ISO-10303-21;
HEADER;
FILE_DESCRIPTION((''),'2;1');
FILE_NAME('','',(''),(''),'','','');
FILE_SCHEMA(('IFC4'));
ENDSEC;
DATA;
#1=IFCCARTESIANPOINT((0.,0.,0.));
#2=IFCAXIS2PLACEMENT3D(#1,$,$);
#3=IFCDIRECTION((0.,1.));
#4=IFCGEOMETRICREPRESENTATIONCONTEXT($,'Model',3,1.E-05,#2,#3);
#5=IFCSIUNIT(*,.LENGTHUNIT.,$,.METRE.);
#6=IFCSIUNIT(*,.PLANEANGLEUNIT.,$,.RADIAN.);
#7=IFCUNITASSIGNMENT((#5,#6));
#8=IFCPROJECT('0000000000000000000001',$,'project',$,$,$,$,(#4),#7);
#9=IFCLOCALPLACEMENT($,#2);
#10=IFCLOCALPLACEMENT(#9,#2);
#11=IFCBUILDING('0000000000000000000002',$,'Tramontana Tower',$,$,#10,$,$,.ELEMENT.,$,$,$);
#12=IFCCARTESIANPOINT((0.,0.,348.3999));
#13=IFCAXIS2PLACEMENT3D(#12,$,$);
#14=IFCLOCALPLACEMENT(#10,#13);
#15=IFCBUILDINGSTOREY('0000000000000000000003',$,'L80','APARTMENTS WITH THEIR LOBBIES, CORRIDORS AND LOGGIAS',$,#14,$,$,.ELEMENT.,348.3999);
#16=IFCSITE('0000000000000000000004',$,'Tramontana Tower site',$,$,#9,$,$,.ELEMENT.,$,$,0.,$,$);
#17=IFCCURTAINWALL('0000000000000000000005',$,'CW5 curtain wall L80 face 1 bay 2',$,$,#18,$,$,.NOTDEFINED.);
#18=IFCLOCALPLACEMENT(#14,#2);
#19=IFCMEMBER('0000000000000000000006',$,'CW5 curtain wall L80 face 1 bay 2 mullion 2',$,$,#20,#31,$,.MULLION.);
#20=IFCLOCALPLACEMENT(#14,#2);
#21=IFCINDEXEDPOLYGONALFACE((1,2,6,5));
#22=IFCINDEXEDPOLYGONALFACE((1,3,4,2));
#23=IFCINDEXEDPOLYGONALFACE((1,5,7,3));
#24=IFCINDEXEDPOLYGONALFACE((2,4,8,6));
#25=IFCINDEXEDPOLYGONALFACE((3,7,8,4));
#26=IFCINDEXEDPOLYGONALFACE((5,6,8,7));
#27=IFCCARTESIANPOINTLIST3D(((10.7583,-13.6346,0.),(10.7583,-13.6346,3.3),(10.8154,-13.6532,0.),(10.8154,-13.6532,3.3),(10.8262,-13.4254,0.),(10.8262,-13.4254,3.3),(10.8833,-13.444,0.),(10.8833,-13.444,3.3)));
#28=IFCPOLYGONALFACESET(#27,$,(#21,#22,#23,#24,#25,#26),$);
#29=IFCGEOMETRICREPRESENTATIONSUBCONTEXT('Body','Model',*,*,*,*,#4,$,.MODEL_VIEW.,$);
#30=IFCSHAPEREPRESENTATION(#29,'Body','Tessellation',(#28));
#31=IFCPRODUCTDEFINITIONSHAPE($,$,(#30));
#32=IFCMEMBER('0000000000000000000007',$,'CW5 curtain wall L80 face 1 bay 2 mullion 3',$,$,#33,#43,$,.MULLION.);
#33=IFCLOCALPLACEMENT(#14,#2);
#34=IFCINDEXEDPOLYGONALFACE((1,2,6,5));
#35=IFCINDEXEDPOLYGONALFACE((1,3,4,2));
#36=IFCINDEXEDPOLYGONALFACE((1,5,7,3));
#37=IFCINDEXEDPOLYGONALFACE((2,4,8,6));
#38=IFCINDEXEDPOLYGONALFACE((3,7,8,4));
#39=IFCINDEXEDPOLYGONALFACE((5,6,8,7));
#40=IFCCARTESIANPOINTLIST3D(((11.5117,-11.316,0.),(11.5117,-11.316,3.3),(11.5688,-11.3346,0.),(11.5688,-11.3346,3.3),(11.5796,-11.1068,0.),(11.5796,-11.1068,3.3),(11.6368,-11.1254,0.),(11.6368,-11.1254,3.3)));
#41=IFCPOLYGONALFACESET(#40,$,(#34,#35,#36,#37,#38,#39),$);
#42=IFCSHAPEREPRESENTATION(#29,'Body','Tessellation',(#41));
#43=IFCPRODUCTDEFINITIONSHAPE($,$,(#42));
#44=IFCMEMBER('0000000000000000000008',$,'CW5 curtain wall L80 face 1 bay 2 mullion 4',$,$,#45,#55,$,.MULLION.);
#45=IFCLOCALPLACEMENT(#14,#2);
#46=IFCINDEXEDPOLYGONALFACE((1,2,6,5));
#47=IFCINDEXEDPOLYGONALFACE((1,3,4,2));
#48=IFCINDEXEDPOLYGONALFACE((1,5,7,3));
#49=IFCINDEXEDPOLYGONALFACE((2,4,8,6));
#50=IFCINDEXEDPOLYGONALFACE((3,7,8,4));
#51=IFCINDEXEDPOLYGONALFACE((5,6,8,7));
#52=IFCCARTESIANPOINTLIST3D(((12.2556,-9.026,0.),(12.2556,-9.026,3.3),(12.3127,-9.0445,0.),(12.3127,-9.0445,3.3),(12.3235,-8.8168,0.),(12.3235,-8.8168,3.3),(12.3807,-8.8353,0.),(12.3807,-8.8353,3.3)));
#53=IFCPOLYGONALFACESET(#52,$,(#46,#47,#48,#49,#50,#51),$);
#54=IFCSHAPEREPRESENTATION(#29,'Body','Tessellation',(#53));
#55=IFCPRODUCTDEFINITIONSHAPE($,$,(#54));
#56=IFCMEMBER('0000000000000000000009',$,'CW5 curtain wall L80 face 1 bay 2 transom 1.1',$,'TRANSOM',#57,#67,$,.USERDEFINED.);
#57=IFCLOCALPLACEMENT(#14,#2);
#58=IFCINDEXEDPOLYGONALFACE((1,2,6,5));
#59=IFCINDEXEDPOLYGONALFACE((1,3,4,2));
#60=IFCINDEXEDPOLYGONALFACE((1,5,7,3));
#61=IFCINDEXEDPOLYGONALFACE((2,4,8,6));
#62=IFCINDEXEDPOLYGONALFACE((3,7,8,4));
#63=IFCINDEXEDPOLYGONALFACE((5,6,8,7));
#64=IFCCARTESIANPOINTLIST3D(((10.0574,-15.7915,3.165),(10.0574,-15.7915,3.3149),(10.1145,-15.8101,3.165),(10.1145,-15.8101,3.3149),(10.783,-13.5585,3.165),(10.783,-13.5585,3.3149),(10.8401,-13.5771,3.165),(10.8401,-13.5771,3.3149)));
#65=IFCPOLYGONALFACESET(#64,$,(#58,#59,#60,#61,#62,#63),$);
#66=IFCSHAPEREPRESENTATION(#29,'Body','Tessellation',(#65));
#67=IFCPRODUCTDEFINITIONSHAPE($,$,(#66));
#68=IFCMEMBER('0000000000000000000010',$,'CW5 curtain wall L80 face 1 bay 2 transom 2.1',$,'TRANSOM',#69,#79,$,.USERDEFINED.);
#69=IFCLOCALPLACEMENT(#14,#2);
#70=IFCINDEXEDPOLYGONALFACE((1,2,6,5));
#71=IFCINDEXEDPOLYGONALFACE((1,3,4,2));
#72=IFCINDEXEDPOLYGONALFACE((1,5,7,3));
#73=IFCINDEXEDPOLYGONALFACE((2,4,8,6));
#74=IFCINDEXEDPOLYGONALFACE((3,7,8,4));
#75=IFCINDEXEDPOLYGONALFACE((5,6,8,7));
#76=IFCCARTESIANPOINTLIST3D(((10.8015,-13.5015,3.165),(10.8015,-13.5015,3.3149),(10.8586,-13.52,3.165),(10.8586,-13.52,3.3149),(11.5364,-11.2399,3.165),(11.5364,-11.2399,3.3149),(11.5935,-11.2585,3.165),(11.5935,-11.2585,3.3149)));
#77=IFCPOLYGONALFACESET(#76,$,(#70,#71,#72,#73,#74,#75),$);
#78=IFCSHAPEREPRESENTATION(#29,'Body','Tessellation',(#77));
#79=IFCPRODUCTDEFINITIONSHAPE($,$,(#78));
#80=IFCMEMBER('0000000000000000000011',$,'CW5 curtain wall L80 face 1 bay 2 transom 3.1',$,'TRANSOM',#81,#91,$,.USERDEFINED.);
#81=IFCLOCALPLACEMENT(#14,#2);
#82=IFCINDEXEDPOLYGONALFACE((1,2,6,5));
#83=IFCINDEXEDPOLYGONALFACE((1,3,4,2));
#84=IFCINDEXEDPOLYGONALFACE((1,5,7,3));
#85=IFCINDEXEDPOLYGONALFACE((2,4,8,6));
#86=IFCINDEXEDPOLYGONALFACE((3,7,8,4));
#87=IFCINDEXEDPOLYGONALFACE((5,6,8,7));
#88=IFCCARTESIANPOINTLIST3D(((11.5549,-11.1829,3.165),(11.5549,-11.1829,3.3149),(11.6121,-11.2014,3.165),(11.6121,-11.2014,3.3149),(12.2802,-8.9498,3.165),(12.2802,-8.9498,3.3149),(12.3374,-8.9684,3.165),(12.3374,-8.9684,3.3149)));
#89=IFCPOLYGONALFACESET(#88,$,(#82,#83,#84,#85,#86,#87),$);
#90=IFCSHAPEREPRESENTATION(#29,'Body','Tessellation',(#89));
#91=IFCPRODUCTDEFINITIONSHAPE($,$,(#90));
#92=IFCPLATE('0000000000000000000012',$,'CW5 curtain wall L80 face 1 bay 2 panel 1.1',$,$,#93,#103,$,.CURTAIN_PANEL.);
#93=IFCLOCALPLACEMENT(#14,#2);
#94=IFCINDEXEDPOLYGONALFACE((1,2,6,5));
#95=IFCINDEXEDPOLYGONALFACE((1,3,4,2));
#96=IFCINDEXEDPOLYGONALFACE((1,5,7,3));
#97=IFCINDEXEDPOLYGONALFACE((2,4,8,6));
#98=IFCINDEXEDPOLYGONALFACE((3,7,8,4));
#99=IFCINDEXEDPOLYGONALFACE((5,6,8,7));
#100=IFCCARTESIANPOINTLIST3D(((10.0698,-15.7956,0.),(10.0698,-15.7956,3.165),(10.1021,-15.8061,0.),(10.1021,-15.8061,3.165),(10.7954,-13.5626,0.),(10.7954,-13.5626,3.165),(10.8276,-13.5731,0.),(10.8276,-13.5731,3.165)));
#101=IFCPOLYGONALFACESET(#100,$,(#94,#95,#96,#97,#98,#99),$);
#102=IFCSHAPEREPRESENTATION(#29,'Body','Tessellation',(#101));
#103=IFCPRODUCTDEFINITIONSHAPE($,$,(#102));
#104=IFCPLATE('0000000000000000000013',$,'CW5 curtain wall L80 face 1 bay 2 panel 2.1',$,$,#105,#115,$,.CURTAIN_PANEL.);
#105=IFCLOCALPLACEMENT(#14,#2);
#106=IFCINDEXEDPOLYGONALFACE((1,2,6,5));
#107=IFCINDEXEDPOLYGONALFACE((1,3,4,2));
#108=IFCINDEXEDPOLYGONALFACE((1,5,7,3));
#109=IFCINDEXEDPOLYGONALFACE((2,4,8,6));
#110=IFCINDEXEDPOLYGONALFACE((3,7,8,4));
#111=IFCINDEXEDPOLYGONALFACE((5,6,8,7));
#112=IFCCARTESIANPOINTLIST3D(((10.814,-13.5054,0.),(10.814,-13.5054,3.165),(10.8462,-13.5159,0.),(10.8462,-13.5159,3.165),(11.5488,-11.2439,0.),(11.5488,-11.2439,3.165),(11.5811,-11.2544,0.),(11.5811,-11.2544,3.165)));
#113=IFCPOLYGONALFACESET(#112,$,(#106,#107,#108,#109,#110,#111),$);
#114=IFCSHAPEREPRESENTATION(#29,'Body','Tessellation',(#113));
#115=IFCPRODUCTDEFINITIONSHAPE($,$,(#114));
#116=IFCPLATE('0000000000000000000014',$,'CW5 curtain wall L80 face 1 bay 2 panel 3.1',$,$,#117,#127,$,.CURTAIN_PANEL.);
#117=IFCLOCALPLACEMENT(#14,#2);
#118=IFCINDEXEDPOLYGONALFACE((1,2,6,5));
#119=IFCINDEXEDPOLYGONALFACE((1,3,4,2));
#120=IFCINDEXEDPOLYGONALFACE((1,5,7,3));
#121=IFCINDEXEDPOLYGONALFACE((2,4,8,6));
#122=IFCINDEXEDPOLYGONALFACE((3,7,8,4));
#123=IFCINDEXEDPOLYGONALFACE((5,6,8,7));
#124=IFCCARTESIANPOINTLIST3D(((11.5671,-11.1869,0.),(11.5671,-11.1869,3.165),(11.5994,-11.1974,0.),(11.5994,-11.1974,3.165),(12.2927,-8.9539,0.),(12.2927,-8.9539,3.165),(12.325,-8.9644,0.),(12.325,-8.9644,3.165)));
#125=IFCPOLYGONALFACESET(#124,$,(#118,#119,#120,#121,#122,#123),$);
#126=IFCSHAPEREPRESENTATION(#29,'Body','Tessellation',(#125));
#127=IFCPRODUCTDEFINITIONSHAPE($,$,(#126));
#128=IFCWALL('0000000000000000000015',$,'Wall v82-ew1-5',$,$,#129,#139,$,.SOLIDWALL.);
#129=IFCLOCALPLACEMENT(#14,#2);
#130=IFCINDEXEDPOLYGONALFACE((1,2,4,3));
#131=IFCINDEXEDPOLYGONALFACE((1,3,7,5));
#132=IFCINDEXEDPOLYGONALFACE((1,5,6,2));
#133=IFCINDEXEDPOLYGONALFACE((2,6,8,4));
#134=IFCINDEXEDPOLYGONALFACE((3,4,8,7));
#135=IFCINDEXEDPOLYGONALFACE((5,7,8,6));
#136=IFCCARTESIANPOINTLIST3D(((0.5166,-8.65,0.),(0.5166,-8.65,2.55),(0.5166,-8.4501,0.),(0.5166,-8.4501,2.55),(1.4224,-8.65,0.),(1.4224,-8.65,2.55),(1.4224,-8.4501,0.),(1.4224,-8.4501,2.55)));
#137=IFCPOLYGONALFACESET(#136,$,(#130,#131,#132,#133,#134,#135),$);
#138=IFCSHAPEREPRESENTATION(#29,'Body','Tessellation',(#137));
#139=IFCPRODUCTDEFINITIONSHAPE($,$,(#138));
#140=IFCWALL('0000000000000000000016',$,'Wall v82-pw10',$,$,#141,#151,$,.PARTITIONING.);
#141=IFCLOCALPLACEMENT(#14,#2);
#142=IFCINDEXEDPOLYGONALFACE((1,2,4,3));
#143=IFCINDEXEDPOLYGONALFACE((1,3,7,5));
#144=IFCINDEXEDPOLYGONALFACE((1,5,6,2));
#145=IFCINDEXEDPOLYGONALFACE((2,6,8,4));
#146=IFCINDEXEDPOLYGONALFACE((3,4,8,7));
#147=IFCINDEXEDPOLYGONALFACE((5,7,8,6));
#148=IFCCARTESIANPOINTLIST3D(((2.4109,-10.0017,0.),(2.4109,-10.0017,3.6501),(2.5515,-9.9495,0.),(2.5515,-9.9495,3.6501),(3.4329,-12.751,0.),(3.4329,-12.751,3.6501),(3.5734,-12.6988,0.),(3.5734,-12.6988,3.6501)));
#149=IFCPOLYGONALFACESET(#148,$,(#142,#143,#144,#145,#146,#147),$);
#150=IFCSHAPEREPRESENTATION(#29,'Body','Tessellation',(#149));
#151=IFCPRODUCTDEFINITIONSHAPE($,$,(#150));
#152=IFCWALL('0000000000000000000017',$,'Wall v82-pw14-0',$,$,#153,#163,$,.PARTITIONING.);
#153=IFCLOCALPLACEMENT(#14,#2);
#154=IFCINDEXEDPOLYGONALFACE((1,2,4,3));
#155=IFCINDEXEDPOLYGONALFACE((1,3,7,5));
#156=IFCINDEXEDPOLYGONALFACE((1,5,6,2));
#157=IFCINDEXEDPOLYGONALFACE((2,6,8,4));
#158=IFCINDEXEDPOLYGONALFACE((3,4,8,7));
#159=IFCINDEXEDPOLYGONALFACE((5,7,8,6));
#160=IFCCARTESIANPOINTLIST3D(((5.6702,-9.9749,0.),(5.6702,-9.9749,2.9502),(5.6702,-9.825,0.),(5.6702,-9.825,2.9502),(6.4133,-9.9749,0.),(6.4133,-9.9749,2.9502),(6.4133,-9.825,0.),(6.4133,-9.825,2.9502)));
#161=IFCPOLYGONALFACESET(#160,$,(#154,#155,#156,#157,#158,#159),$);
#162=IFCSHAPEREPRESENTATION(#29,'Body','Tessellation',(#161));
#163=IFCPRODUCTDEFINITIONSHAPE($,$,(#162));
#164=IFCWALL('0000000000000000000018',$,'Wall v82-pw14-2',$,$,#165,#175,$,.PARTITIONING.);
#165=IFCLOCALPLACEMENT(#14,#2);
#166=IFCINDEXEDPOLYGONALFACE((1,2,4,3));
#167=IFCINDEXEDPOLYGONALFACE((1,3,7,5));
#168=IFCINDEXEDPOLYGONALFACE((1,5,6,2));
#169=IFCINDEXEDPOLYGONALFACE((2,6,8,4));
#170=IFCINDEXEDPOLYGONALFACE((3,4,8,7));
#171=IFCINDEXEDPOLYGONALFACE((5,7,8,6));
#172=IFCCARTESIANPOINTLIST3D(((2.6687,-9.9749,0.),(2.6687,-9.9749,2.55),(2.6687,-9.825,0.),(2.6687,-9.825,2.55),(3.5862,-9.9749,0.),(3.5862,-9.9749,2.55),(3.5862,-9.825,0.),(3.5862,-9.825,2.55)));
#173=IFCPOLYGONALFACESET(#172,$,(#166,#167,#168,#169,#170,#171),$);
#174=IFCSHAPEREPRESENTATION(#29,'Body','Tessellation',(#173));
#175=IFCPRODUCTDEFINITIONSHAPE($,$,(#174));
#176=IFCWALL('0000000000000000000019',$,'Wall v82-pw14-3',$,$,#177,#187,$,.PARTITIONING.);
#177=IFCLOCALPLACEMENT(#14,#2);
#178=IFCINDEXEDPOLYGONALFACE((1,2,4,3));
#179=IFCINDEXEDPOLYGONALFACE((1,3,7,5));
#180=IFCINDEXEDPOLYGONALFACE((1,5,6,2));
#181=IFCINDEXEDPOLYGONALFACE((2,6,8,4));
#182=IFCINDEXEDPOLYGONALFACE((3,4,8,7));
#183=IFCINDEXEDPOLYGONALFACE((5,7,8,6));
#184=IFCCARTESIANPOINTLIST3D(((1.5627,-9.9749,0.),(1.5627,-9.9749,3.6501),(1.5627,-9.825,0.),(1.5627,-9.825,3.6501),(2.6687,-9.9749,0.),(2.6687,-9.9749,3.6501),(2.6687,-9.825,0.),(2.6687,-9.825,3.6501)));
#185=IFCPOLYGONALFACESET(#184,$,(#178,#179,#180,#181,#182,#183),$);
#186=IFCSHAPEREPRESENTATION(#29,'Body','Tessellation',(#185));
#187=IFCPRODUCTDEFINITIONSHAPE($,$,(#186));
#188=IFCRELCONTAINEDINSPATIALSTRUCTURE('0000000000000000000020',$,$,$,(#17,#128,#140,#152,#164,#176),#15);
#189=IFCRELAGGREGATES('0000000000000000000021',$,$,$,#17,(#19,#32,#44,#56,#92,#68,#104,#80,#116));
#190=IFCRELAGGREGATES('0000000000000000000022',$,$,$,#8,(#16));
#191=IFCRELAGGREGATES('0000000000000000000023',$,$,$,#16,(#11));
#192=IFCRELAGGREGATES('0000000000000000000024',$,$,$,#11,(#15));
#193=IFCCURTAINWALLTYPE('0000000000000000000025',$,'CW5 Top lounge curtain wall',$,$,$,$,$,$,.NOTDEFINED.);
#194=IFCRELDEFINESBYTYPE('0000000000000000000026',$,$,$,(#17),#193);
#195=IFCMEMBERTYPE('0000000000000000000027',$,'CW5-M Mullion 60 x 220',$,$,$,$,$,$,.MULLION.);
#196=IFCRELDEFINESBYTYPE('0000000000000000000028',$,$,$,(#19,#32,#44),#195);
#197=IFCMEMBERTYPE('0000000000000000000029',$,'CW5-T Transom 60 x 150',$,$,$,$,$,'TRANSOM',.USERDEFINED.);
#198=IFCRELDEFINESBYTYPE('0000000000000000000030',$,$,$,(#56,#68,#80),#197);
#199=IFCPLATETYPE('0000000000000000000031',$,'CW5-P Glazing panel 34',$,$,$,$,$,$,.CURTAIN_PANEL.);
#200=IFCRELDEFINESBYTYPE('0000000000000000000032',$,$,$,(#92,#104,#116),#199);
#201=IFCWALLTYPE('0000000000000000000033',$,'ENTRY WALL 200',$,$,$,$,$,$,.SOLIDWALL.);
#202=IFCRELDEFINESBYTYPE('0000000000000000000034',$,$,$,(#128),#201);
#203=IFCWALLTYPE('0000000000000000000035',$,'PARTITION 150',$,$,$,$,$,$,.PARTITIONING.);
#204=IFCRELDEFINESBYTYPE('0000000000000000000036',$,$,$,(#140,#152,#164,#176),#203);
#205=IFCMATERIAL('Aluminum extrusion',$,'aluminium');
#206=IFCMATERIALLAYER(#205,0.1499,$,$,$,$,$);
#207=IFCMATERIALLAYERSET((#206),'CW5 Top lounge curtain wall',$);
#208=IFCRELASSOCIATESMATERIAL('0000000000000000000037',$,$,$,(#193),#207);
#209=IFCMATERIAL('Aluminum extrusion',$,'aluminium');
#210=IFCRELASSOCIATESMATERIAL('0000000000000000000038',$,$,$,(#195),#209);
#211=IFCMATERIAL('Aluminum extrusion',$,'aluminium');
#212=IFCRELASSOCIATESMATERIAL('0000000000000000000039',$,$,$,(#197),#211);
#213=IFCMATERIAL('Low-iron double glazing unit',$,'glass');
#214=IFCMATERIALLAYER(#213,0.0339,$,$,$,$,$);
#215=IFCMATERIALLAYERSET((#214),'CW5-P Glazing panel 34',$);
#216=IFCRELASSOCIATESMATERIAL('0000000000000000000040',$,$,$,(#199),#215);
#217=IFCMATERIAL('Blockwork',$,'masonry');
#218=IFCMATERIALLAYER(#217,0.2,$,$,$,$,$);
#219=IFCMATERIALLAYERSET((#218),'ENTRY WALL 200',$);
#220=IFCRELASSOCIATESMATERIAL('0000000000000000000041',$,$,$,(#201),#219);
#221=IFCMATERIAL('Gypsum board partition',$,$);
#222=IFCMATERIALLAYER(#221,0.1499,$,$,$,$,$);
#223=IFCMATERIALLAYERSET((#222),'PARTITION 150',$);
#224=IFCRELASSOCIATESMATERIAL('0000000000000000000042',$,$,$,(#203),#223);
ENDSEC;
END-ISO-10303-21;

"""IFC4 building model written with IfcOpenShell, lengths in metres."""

from ifc_helpers import new_model, si_unit, direction, frame, frame_2d, origin, origin_2d, place, context, subcontext, project, spatial, rectangle, extrude, material, layer, layer_set, material_profile, profile_set, type_object, element, aggregate, save


model = new_model("IFC4")

# Units and contexts
model_context = context("Model", 3, precision=1e-05, world=origin(), true_north=direction((0.0, 1.0)))
body_context = subcontext(model_context, "Body", "Model", "MODEL_VIEW")
ifc_project = project(units=[si_unit("LENGTHUNIT", "METRE"), si_unit("PLANEANGLEUNIT", "RADIAN")], contexts=[model_context])

# Site, building, storey
site_placement = place(None, origin())
site = spatial("IfcSite", under=ifc_project, at=site_placement, Name="Tramontana Tower site", CompositionType="ELEMENT", RefElevation=0.0)
building_placement = place(site_placement, origin())
building = spatial("IfcBuilding", under=site, at=building_placement, Name="Tramontana Tower", CompositionType="ELEMENT")
storey_placement = place(building_placement, frame((0.0, 0.0, 348.3999)))
storey = spatial("IfcBuildingStorey", under=building, at=storey_placement, Name="L80", Description="APARTMENTS WITH THEIR LOBBIES, CORRIDORS AND LOGGIAS", CompositionType="ELEMENT", Elevation=348.3999)

# Curtain wall, members, plates
ifc_material_1 = material(Name="Aluminum extrusion", Category="aluminium")
ifc_layer_1 = layer(ifc_material_1, 0.1499)
ifc_layer_set_1 = layer_set([ifc_layer_1], Name="CW5 Top lounge curtain wall")
curtain_wall_type = type_object("IfcCurtainWallType", Name="CW5 Top lounge curtain wall", PredefinedType="NOTDEFINED", material=ifc_layer_set_1)
curtain_wall_placement = place(storey_placement, origin())
curtain_wall = element("IfcCurtainWall", 1, at=curtain_wall_placement, inside=storey, type_object=curtain_wall_type, Name="CW5 curtain wall L80 face 1 bay 2", PredefinedType="NOTDEFINED")
ifc_material_2 = material(Name="Aluminum extrusion", Category="aluminium")
ifc_material_profile_1 = material_profile(ifc_material_2, rectangle(XDim=0.0601, YDim=0.22, at=origin_2d()), Name="CW5-M Mullion 60 x 220")
ifc_profile_set_1 = profile_set([ifc_material_profile_1], Name="Aluminum extrusion")
member_type_1 = type_object("IfcMemberType", Name="CW5-M Mullion 60 x 220", PredefinedType="MULLION", material=ifc_profile_set_1)
member_1_placement = place(storey_placement, frame((10.8208, -13.5393, 0.0), z_axis=(0.0, 0.0, 1.0), x_axis=(-0.951057, 0.309017, 0.0)))
member_1 = element("IfcMember", 2, at=member_1_placement, type_object=member_type_1, Name="CW5 curtain wall L80 face 1 bay 2 mullion 2", PredefinedType="MULLION", context=body_context, shape_type="SweptSolid", body=[
    extrude(rectangle(XDim=0.0601, YDim=0.22, at=origin_2d()), origin(), (0.0, 0.0, 1.0), 3.3),
])
member_2_placement = place(storey_placement, frame((11.5742, -11.2207, 0.0), z_axis=(0.0, 0.0, 1.0), x_axis=(-0.951057, 0.309017, 0.0)))
member_2 = element("IfcMember", 3, at=member_2_placement, type_object=member_type_1, Name="CW5 curtain wall L80 face 1 bay 2 mullion 3", PredefinedType="MULLION", context=body_context, shape_type="SweptSolid", body=[
    extrude(rectangle(XDim=0.0601, YDim=0.22, at=origin_2d()), origin(), (0.0, 0.0, 1.0), 3.3),
])
member_3_placement = place(storey_placement, frame((12.3181, -8.9307, 0.0), z_axis=(0.0, 0.0, 1.0), x_axis=(-0.951057, 0.309017, 0.0)))
member_3 = element("IfcMember", 4, at=member_3_placement, type_object=member_type_1, Name="CW5 curtain wall L80 face 1 bay 2 mullion 4", PredefinedType="MULLION", context=body_context, shape_type="SweptSolid", body=[
    extrude(rectangle(XDim=0.0601, YDim=0.22, at=origin_2d()), origin(), (0.0, 0.0, 1.0), 3.3),
])
ifc_material_3 = material(Name="Aluminum extrusion", Category="aluminium")
ifc_material_profile_2 = material_profile(ifc_material_3, rectangle(XDim=0.0601, YDim=0.1499, at=origin_2d()), Name="CW5-T Transom 60 x 150")
ifc_profile_set_2 = profile_set([ifc_material_profile_2], Name="Aluminum extrusion")
member_type_2 = type_object("IfcMemberType", Name="CW5-T Transom 60 x 150", ElementType="TRANSOM", PredefinedType="USERDEFINED", material=ifc_profile_set_2)
member_4_placement = place(storey_placement, frame((10.0859, -15.8008, 3.24), z_axis=(0.309044, 0.951048, 0.0), x_axis=(-0.951048, 0.309044, 0.0)))
member_4 = element("IfcMember", 5, at=member_4_placement, type_object=member_type_2, Name="CW5 curtain wall L80 face 1 bay 2 transom 1.1", ObjectType="TRANSOM", PredefinedType="USERDEFINED", context=body_context, shape_type="SweptSolid", body=[
    extrude(rectangle(XDim=0.0601, YDim=0.1499, at=origin_2d()), origin(), (0.0, 0.0, 1.0), 2.3479),
])
member_5_placement = place(storey_placement, frame((10.8301, -13.5107, 3.24), z_axis=(0.309042, 0.951048, 0.0), x_axis=(-0.951048, 0.309042, 0.0)))
member_5 = element("IfcMember", 6, at=member_5_placement, type_object=member_type_2, Name="CW5 curtain wall L80 face 1 bay 2 transom 2.1", ObjectType="TRANSOM", PredefinedType="USERDEFINED", context=body_context, shape_type="SweptSolid", body=[
    extrude(rectangle(XDim=0.0601, YDim=0.1499, at=origin_2d()), origin(), (0.0, 0.0, 1.0), 2.3779),
])
member_6_placement = place(storey_placement, frame((11.5835, -11.1921, 3.24), z_axis=(0.308919, 0.951088, 0.0), x_axis=(-0.951088, 0.308919, 0.0)))
member_6 = element("IfcMember", 7, at=member_6_placement, type_object=member_type_2, Name="CW5 curtain wall L80 face 1 bay 2 transom 3.1", ObjectType="TRANSOM", PredefinedType="USERDEFINED", context=body_context, shape_type="SweptSolid", body=[
    extrude(rectangle(XDim=0.0601, YDim=0.1499, at=origin_2d()), origin(), (0.0, 0.0, 1.0), 2.3479),
])
ifc_material_4 = material(Name="Low-iron double glazing unit", Category="glass")
ifc_layer_2 = layer(ifc_material_4, 0.0339)
ifc_layer_set_2 = layer_set([ifc_layer_2], Name="CW5-P Glazing panel 34")
plate_type = type_object("IfcPlateType", Name="CW5-P Glazing panel 34", PredefinedType="CURTAIN_PANEL", material=ifc_layer_set_2)
plate_1_placement = place(storey_placement, frame((10.4487, -14.6843, 0.0), z_axis=(0.0, 0.0, 1.0), x_axis=(0.309017, 0.951057, 0.0)))
plate_1 = element("IfcPlate", 8, at=plate_1_placement, type_object=plate_type, Name="CW5 curtain wall L80 face 1 bay 2 panel 1.1", PredefinedType="CURTAIN_PANEL", context=body_context, shape_type="SweptSolid", body=[
    extrude(rectangle(XDim=2.3479, YDim=0.0339, at=origin_2d()), origin(), (0.0, 0.0, 1.0), 3.165),
])
plate_2_placement = place(storey_placement, frame((11.1975, -12.3799, 0.0), z_axis=(0.0, 0.0, 1.0), x_axis=(0.309017, 0.951057, 0.0)))
plate_2 = element("IfcPlate", 9, at=plate_2_placement, type_object=plate_type, Name="CW5 curtain wall L80 face 1 bay 2 panel 2.1", PredefinedType="CURTAIN_PANEL", context=body_context, shape_type="SweptSolid", body=[
    extrude(rectangle(XDim=2.3779, YDim=0.0339, at=origin_2d()), origin(), (0.0, 0.0, 1.0), 3.165),
])
plate_3_placement = place(storey_placement, frame((11.946, -10.0757, 0.0), z_axis=(0.0, 0.0, 1.0), x_axis=(0.309017, 0.951057, 0.0)))
plate_3 = element("IfcPlate", 10, at=plate_3_placement, type_object=plate_type, Name="CW5 curtain wall L80 face 1 bay 2 panel 3.1", PredefinedType="CURTAIN_PANEL", context=body_context, shape_type="SweptSolid", body=[
    extrude(rectangle(XDim=2.3479, YDim=0.0339, at=origin_2d()), origin(), (0.0, 0.0, 1.0), 3.165),
])
aggregate(curtain_wall, [member_1, member_2, member_3, member_4, plate_1, member_5, plate_2, member_6, plate_3])

# Shared definitions
ifc_material_5 = material(Name="Blockwork", Category="masonry")
ifc_layer_3 = layer(ifc_material_5, 0.2)
ifc_layer_set_3 = layer_set([ifc_layer_3], Name="ENTRY WALL 200")
wall_type_1 = type_object("IfcWallType", Name="ENTRY WALL 200", PredefinedType="SOLIDWALL", material=ifc_layer_set_3)

# Walls
wall_1_placement = place(storey_placement, frame((1.4224, -8.55, 0.0), z_axis=(0.0, 0.0, 1.0), x_axis=(-1.0, 0.0, 0.0)))
element("IfcWall", 11, at=wall_1_placement, inside=storey, type_object=wall_type_1, Name="Wall v82-ew1-5", PredefinedType="SOLIDWALL", context=body_context, shape_type="SweptSolid", body=[
    extrude(rectangle(XDim=0.9058, YDim=0.2, at=frame_2d((0.4529, 0.0))), origin(), (0.0, 0.0, 1.0), 2.55),
])
ifc_material_6 = material(Name="Gypsum board partition")
ifc_layer_4 = layer(ifc_material_6, 0.1499)
ifc_layer_set_4 = layer_set([ifc_layer_4], Name="PARTITION 150")
wall_type_2 = type_object("IfcWallType", Name="PARTITION 150", PredefinedType="PARTITIONING", material=ifc_layer_set_4)
wall_2_placement = place(storey_placement, frame((2.4812, -9.9756, 0.0), z_axis=(0.0, 0.0, 1.0), x_axis=(0.348431, -0.937334, 0.0)))
element("IfcWall", 12, at=wall_2_placement, inside=storey, type_object=wall_type_2, Name="Wall v82-pw10", PredefinedType="PARTITIONING", context=body_context, shape_type="SweptSolid", body=[
    extrude(rectangle(XDim=2.9331, YDim=0.1499, at=frame_2d((1.4666, 0.0))), origin(), (0.0, 0.0, 1.0), 3.6501),
])
wall_3_placement = place(storey_placement, frame((6.4133, -9.8999, 0.0), z_axis=(0.0, 0.0, 1.0), x_axis=(-1.0, 0.0, 0.0)))
element("IfcWall", 13, at=wall_3_placement, inside=storey, type_object=wall_type_2, Name="Wall v82-pw14-0", PredefinedType="PARTITIONING", context=body_context, shape_type="SweptSolid", body=[
    extrude(rectangle(XDim=0.7432, YDim=0.1499, at=frame_2d((0.3716, 0.0))), origin(), (0.0, 0.0, 1.0), 2.9502),
])

# Walls
wall_4_placement = place(storey_placement, frame((3.5862, -9.8999, 0.0), z_axis=(0.0, 0.0, 1.0), x_axis=(-1.0, 0.0, 0.0)))
element("IfcWall", 14, at=wall_4_placement, inside=storey, type_object=wall_type_2, Name="Wall v82-pw14-2", PredefinedType="PARTITIONING", context=body_context, shape_type="SweptSolid", body=[
    extrude(rectangle(XDim=0.9175, YDim=0.1499, at=frame_2d((0.4587, 0.0))), origin(), (0.0, 0.0, 1.0), 2.55),
])
wall_5_placement = place(storey_placement, frame((2.6687, -9.8999, 0.0), z_axis=(0.0, 0.0, 1.0), x_axis=(-1.0, 0.0, 0.0)))
element("IfcWall", 15, at=wall_5_placement, inside=storey, type_object=wall_type_2, Name="Wall v82-pw14-3", PredefinedType="PARTITIONING", context=body_context, shape_type="SweptSolid", body=[
    extrude(rectangle(XDim=1.106, YDim=0.1499, at=frame_2d((0.553, 0.0))), origin(), (0.0, 0.0, 1.0), 3.6501),
])

save(model, "model.ifc")
